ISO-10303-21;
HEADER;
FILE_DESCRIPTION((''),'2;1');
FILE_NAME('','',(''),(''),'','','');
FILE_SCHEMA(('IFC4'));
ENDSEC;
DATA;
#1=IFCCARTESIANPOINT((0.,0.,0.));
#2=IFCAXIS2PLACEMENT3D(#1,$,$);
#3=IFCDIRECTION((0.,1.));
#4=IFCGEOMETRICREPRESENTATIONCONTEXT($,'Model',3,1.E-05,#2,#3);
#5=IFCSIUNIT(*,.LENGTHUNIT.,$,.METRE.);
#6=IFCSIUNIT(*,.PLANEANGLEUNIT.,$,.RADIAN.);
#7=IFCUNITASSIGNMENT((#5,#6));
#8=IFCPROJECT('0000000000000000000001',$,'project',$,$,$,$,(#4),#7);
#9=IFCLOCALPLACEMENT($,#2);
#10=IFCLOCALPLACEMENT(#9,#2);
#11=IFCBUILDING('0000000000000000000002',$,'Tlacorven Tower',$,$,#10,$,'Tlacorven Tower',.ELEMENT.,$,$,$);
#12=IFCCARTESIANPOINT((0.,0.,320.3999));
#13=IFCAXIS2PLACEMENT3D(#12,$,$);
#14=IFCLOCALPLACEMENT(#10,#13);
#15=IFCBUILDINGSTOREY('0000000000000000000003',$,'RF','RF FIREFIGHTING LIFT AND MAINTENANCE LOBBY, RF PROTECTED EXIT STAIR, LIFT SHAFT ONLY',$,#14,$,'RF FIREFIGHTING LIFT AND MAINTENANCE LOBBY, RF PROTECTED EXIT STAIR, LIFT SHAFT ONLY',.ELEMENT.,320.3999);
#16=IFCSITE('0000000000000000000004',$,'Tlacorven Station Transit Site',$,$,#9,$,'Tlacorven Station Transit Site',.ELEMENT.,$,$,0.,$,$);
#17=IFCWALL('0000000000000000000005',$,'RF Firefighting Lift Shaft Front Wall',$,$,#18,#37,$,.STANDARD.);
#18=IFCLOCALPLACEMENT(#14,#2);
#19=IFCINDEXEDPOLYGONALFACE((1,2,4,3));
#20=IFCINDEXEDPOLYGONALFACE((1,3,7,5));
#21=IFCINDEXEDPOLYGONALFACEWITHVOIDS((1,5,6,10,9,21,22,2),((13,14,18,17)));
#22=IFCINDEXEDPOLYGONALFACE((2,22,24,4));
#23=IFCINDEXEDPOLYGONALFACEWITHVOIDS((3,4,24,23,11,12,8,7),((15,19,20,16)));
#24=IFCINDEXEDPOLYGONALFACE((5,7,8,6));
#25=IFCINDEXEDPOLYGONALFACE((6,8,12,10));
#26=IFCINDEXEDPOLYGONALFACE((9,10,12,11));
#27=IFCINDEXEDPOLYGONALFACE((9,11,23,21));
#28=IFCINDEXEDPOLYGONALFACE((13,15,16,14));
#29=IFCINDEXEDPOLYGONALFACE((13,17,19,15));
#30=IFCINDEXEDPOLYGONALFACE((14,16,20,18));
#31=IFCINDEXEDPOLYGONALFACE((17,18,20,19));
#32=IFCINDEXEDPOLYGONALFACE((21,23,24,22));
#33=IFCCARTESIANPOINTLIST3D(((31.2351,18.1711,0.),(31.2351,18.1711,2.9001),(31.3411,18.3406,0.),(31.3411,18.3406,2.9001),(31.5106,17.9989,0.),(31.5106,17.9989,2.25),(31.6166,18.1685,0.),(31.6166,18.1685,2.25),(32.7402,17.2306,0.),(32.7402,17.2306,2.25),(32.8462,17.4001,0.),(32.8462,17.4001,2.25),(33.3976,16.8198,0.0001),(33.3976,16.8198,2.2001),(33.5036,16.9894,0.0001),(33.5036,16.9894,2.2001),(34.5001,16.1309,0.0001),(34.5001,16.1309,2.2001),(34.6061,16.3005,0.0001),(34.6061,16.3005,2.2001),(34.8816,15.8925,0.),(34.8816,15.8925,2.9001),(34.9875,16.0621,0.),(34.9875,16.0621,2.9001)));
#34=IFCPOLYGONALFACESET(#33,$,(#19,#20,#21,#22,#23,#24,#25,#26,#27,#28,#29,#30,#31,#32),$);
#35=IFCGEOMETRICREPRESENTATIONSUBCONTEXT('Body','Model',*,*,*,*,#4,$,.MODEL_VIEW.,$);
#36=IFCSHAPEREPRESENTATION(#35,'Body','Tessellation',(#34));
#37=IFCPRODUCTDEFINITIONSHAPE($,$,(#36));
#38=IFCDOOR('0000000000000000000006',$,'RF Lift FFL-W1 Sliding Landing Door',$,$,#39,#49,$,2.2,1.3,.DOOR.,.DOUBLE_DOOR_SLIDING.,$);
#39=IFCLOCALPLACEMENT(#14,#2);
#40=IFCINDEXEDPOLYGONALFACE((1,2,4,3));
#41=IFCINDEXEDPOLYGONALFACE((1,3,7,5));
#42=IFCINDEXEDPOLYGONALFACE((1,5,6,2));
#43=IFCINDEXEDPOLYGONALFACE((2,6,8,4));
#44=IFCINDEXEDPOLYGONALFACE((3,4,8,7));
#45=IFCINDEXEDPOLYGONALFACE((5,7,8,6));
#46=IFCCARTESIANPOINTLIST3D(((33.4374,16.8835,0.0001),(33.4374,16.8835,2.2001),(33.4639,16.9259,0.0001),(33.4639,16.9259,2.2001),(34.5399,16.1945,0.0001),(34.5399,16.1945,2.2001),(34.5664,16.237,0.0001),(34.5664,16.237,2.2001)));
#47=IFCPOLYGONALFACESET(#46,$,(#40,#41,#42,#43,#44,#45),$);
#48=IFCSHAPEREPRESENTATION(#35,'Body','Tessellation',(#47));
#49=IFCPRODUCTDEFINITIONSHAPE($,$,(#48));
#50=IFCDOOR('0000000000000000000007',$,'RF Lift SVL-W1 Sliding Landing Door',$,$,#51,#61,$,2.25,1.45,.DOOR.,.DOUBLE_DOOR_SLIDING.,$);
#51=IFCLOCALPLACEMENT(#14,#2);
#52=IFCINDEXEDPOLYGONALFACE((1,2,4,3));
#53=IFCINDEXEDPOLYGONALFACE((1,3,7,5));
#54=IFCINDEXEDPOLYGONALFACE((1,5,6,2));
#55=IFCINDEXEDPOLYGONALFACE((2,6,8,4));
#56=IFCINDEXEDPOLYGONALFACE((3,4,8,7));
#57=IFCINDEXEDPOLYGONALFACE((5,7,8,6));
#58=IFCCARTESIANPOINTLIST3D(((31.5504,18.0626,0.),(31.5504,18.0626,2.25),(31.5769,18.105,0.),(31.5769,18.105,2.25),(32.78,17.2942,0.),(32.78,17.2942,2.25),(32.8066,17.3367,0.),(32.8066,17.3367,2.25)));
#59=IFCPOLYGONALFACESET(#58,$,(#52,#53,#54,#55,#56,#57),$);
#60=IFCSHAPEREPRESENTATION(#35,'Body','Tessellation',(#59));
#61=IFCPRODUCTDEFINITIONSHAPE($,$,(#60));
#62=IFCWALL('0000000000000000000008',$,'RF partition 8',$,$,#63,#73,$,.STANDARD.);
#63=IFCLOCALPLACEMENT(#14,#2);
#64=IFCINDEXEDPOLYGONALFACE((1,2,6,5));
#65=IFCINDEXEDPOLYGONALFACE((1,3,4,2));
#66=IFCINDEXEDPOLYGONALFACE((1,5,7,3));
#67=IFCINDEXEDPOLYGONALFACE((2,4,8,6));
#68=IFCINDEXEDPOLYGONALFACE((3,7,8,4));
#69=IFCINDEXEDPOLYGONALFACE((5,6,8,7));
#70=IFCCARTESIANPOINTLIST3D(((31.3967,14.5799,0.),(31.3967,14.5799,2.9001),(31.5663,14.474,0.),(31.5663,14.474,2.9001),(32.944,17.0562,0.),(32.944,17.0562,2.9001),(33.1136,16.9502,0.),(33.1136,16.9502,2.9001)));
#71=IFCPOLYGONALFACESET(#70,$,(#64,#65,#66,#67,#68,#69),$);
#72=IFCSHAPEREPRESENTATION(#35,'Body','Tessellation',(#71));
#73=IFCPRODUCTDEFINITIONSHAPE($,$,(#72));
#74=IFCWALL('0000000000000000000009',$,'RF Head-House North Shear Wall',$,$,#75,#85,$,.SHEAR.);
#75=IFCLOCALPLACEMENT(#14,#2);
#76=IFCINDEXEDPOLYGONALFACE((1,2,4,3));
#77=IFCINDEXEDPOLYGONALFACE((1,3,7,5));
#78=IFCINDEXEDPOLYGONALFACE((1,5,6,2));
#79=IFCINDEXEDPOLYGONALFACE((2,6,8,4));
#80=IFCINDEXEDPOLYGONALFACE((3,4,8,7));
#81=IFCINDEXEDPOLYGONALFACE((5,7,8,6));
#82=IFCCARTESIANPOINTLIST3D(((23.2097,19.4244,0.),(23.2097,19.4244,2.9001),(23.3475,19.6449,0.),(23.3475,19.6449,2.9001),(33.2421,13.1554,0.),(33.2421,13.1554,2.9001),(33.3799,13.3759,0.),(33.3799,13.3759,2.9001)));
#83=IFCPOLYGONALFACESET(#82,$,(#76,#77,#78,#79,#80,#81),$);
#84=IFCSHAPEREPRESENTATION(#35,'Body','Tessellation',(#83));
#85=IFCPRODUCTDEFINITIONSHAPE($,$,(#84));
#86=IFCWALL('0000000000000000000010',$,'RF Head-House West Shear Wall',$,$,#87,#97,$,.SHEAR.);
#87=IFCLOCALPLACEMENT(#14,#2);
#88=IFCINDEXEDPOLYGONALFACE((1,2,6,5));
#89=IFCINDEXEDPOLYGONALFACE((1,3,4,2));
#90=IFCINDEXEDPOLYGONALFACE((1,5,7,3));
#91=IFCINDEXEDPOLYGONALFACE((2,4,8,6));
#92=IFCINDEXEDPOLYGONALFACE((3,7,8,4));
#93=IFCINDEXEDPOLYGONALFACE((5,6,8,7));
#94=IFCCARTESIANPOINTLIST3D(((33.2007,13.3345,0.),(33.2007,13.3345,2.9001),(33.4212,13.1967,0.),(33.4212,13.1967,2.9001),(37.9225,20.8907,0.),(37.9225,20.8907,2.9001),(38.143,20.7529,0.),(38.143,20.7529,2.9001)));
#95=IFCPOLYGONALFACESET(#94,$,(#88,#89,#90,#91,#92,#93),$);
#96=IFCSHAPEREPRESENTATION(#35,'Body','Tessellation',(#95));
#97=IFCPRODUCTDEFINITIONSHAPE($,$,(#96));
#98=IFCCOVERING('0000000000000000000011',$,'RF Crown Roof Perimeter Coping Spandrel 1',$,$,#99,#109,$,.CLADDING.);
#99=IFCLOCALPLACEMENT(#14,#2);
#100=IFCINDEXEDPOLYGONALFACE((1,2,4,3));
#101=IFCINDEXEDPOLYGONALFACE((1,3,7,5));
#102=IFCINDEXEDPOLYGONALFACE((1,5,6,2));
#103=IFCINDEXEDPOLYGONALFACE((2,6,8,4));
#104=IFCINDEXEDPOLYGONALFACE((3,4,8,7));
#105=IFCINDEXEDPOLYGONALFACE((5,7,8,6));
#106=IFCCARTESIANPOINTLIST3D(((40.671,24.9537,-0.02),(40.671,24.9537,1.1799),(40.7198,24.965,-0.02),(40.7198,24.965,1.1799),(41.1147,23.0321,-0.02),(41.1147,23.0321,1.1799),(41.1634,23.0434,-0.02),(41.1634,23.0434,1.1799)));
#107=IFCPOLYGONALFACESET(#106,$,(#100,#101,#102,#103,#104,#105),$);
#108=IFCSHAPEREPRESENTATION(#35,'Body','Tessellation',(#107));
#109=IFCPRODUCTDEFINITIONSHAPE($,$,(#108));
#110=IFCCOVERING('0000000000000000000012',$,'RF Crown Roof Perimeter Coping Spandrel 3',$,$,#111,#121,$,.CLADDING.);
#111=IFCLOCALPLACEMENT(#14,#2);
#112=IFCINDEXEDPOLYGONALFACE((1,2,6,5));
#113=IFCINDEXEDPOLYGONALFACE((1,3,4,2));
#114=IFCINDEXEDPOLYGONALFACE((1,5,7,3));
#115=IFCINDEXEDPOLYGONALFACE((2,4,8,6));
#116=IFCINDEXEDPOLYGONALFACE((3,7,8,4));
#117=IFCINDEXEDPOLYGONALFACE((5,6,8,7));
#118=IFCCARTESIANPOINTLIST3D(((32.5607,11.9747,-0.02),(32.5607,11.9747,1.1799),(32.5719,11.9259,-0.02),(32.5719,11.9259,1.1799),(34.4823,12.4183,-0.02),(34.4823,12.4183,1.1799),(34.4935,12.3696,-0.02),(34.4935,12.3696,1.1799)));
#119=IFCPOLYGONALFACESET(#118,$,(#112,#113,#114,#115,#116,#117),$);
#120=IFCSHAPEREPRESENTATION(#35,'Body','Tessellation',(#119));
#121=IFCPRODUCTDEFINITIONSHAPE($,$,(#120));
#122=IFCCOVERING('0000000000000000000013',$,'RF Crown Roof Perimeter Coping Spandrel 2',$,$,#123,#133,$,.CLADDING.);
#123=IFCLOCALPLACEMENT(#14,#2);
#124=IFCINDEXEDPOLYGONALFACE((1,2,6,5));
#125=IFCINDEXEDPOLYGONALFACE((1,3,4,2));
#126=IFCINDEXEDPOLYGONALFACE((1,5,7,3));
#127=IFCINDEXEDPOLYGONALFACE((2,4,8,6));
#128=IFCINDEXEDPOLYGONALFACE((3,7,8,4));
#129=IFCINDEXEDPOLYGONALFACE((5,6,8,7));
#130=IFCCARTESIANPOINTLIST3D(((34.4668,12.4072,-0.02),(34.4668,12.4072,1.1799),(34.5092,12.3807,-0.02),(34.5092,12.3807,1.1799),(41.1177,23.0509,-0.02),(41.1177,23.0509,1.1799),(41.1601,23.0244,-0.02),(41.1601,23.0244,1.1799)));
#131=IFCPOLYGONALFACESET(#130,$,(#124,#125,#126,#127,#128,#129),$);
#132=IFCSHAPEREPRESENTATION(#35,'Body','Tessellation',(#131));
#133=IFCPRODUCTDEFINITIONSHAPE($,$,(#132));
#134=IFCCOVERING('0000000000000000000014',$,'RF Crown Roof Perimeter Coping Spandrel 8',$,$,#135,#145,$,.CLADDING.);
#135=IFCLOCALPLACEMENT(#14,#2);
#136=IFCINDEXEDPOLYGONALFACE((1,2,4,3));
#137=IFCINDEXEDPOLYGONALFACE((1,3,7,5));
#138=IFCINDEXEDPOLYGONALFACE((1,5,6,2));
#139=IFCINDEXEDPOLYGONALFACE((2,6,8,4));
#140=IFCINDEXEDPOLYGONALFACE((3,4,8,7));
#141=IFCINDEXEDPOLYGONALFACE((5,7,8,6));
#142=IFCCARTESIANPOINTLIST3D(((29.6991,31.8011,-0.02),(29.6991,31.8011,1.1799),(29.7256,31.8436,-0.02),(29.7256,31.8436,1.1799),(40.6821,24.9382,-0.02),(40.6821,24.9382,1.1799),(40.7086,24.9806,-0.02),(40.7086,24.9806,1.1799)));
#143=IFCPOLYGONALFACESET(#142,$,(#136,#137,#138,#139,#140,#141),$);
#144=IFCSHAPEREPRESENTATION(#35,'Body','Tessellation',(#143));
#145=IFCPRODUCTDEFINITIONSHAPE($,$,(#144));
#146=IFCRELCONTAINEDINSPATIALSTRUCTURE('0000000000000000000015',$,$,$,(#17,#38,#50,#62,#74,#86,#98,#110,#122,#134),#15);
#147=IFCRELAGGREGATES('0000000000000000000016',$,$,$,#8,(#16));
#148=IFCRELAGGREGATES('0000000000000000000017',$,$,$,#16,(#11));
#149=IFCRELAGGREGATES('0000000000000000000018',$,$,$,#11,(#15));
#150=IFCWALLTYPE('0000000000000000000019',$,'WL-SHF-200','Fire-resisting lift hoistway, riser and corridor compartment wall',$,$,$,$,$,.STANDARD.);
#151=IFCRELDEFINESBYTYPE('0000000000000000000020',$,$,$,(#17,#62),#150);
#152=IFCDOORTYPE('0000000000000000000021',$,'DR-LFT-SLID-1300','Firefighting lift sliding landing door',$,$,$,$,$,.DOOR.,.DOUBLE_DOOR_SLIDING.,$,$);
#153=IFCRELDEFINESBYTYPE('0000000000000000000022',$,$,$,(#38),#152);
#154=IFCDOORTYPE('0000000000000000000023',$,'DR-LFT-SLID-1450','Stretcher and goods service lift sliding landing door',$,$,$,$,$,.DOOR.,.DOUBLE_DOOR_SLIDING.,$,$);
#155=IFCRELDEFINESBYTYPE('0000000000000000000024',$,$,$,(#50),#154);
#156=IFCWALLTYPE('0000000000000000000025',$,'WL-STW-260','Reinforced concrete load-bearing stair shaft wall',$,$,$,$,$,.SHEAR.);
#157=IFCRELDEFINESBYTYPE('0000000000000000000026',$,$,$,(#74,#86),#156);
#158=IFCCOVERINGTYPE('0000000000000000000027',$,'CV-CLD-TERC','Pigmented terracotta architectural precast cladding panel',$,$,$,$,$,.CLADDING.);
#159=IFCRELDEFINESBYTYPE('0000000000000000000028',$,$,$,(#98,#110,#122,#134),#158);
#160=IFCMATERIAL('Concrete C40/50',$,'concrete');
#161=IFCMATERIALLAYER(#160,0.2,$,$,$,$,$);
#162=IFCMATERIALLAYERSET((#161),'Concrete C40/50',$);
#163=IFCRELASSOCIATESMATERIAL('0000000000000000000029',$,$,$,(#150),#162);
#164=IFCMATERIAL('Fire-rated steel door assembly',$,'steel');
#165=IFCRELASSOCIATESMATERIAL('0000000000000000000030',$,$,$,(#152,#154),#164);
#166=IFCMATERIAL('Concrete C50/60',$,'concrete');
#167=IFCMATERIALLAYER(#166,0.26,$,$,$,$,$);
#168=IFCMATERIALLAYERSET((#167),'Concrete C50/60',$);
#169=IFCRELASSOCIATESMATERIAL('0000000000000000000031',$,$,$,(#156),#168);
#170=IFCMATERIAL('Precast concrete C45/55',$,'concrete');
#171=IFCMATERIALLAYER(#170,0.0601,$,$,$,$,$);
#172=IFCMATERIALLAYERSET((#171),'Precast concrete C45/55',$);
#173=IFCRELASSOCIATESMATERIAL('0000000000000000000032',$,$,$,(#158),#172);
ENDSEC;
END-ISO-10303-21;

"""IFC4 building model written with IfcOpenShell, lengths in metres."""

from ifc_helpers import new_model, si_unit, direction, frame, frame_2d, origin, origin_2d, place, context, subcontext, project, spatial, rectangle, extrude, source, transform, mapped, material, layer, layer_set, type_object, element, fill, save


model = new_model("IFC4")

# Units and contexts
model_context = context("Model", 3, precision=1e-05, world=origin(), true_north=direction((0.0, 1.0)))
body_context = subcontext(model_context, "Body", "Model", "MODEL_VIEW")
ifc_project = project(units=[si_unit("LENGTHUNIT", "METRE"), si_unit("PLANEANGLEUNIT", "RADIAN")], contexts=[model_context])

# Site, building, storey
site_placement = place(None, origin())
site = spatial("IfcSite", under=ifc_project, at=site_placement, Name="Tlacorven Station Transit Site", LongName="Tlacorven Station Transit Site", CompositionType="ELEMENT", RefElevation=0.0)
building_placement = place(site_placement, origin())
building = spatial("IfcBuilding", under=site, at=building_placement, Name="Tlacorven Tower", LongName="Tlacorven Tower", CompositionType="ELEMENT")
storey_placement = place(building_placement, frame((0.0, 0.0, 320.3999)))
storey = spatial("IfcBuildingStorey", under=building, at=storey_placement, Name="RF", Description="RF FIREFIGHTING LIFT AND MAINTENANCE LOBBY, RF PROTECTED EXIT STAIR, LIFT SHAFT ONLY", LongName="RF FIREFIGHTING LIFT AND MAINTENANCE LOBBY, RF PROTECTED EXIT STAIR, LIFT SHAFT ONLY", CompositionType="ELEMENT", Elevation=320.3999)

# Shared definitions
ifc_material_1 = material(Name="Precast concrete C45/55", Category="concrete")

# Wall, openings, doors
ifc_material_2 = material(Name="Concrete C40/50", Category="concrete")
ifc_layer_1 = layer(ifc_material_2, 0.2)
ifc_layer_set_1 = layer_set([ifc_layer_1], Name="Concrete C40/50")
wall_type_1 = type_object("IfcWallType", Name="WL-SHF-200", Description="Fire-resisting lift hoistway, riser and corridor compartment wall", PredefinedType="STANDARD", material=ifc_layer_set_1)
wall_1_placement = place(storey_placement, frame((34.9346, 15.9773, 0.0), z_axis=(0.0, 0.0, 1.0), x_axis=(-0.848049, 0.529917, 0.0)))
wall_1 = element("IfcWall", 1, at=wall_1_placement, inside=storey, type_object=wall_type_1, Name="RF Firefighting Lift Shaft Front Wall", PredefinedType="STANDARD", context=body_context, shape_type="SweptSolid", body=[
    extrude(rectangle(XDim=4.2998, YDim=0.2, at=frame_2d((2.1499, 0.0))), origin(), (0.0, 0.0, 1.0), 2.9001),
])
opening_1_placement = place(wall_1_placement, frame((0.45, 0.0, 0.0)))
opening_1 = element("IfcOpeningElement", 2, at=opening_1_placement, cuts=wall_1, PredefinedType="OPENING", context=body_context, shape_type="SweptSolid", body=[
    extrude(rectangle(XDim=1.3, YDim=2.2, at=frame_2d((0.6499, 1.1001))), frame((0.0, 0.1099, 0.0), z_axis=(0.0, -1.0, 0.0), x_axis=(1.0, 0.0, 0.0)), (0.0, 0.0, 1.0), 0.22),
])
opening_2_placement = place(wall_1_placement, frame((2.5249, 0.0, 0.0)))
opening_2 = element("IfcOpeningElement", 3, at=opening_2_placement, cuts=wall_1, PredefinedType="OPENING", context=body_context, shape_type="SweptSolid", body=[
    extrude(rectangle(XDim=1.45, YDim=2.25, at=frame_2d((0.7251, 1.125))), frame((0.0, 0.1099, 0.0), z_axis=(0.0, -1.0, 0.0), x_axis=(1.0, 0.0, 0.0)), (0.0, 0.0, 1.0), 0.22),
])
ifc_material_3 = material(Name="Fire-rated steel door assembly", Category="steel")
door_type_1 = type_object("IfcDoorType", Name="DR-LFT-SLID-1300", Description="Firefighting lift sliding landing door", OperationType="DOUBLE_DOOR_SLIDING", PredefinedType="DOOR", material=ifc_material_3)
shared_shape_1 = source(origin(), body_context, "Body", "SweptSolid", [
    extrude(rectangle(XDim=1.3, YDim=2.2, at=frame_2d((0.6499, 1.1001))), frame((0.0, 0.0249, 0.0), z_axis=(0.0, -1.0, 0.0), x_axis=(1.0, 0.0, 0.0)), (0.0, 0.0, 1.0), 0.05),
])
door_1_placement = place(opening_1_placement, origin())
door_1 = element("IfcDoor", 4, at=door_1_placement, inside=storey, type_object=door_type_1, Name="RF Lift FFL-W1 Sliding Landing Door", OperationType="DOUBLE_DOOR_SLIDING", OverallHeight=2.2, OverallWidth=1.3, PredefinedType="DOOR", context=body_context, shape_type="MappedRepresentation", body=[
    mapped(shared_shape_1, transform((0.0, 0.0, 0.0), scale=1.0)),
])
fill(opening_1, door_1)
door_type_2 = type_object("IfcDoorType", Name="DR-LFT-SLID-1450", Description="Stretcher and goods service lift sliding landing door", OperationType="DOUBLE_DOOR_SLIDING", PredefinedType="DOOR", material=ifc_material_3)
shared_shape_2 = source(origin(), body_context, "Body", "SweptSolid", [
    extrude(rectangle(XDim=1.45, YDim=2.25, at=frame_2d((0.7251, 1.125))), frame((0.0, 0.0249, 0.0), z_axis=(0.0, -1.0, 0.0), x_axis=(1.0, 0.0, 0.0)), (0.0, 0.0, 1.0), 0.05),
])
door_2_placement = place(opening_2_placement, origin())
door_2 = element("IfcDoor", 5, at=door_2_placement, inside=storey, type_object=door_type_2, Name="RF Lift SVL-W1 Sliding Landing Door", OperationType="DOUBLE_DOOR_SLIDING", OverallHeight=2.25, OverallWidth=1.45, PredefinedType="DOOR", context=body_context, shape_type="MappedRepresentation", body=[
    mapped(shared_shape_2, transform((0.0, 0.0, 0.0), scale=1.0)),
])
fill(opening_2, door_2)

# Walls
wall_2_placement = place(storey_placement, frame((33.0288, 17.0032, 0.0), z_axis=(0.0, 0.0, 1.0), x_axis=(-0.529916, -0.84805, 0.0)))
element("IfcWall", 6, at=wall_2_placement, inside=storey, type_object=wall_type_1, Name="RF partition 8", PredefinedType="STANDARD", context=body_context, shape_type="SweptSolid", body=[
    extrude(rectangle(XDim=2.9199, YDim=0.2, at=frame_2d((1.46, 0.0))), origin(), (0.0, 0.0, 1.0), 2.9001),
])
ifc_material_4 = material(Name="Concrete C50/60", Category="concrete")
ifc_layer_2 = layer(ifc_material_4, 0.26)
ifc_layer_set_2 = layer_set([ifc_layer_2], Name="Concrete C50/60")
wall_type_2 = type_object("IfcWallType", Name="WL-STW-260", Description="Reinforced concrete load-bearing stair shaft wall", PredefinedType="SHEAR", material=ifc_layer_set_2)
wall_3_placement = place(storey_placement, frame((33.311, 13.2656, 0.0), z_axis=(0.0, 0.0, 1.0), x_axis=(-0.848046, 0.529923, 0.0)))
element("IfcWall", 7, at=wall_3_placement, inside=storey, type_object=wall_type_2, Name="RF Head-House North Shear Wall", PredefinedType="SHEAR", context=body_context, shape_type="SweptSolid", body=[
    extrude(rectangle(XDim=11.8301, YDim=0.26, at=frame_2d((5.915, 0.0))), origin(), (0.0, 0.0, 1.0), 2.9001),
])
wall_4_placement = place(storey_placement, frame((38.0327, 20.8218, 0.0), z_axis=(0.0, 0.0, 1.0), x_axis=(-0.529925, -0.848044, 0.0)))
element("IfcWall", 8, at=wall_4_placement, inside=storey, type_object=wall_type_2, Name="RF Head-House West Shear Wall", PredefinedType="SHEAR", context=body_context, shape_type="SweptSolid", body=[
    extrude(rectangle(XDim=8.9102, YDim=0.26, at=frame_2d((4.4551, 0.0))), origin(), (0.0, 0.0, 1.0), 2.9001),
])

# Coverings
ifc_layer_3 = layer(ifc_material_1, 0.0601)
ifc_layer_set_3 = layer_set([ifc_layer_3], Name="Precast concrete C45/55")
covering_type = type_object("IfcCoveringType", Name="CV-CLD-TERC", Description="Pigmented terracotta architectural precast cladding panel", PredefinedType="CLADDING", material=ifc_layer_set_3)
shared_shape_3 = source(origin(), body_context, "Body", "SweptSolid", [
    extrude(rectangle(XDim=1.9722, YDim=0.05, at=origin_2d()), origin(), (0.0, 0.0, 1.0), 1.2),
])
for number, where, z_axis, x_axis, name in (
    (9, (40.9172, 23.9985, -0.02), (0.0, 0.0, 1.0), (0.224951, -0.97437, 0.0), "RF Crown Roof Perimeter Coping Spandrel 1"),
    (10, (33.5271, 12.1721, -0.02), (0.0, 0.0, 1.0), (-0.97437, -0.224951, 0.0), "RF Crown Roof Perimeter Coping Spandrel 3"),
):
    element("IfcCovering", number, at=place(storey_placement, frame(where, z_axis=z_axis, x_axis=x_axis)), inside=storey, type_object=covering_type, Name=name, PredefinedType="CLADDING", context=body_context, shape_type="MappedRepresentation", body=[
        mapped(shared_shape_3, transform((0.0, 0.0, 0.0), scale=1.0)),
    ])
shared_shape_4 = source(origin(), body_context, "Body", "SweptSolid", [
    extrude(rectangle(XDim=12.5508, YDim=0.05, at=origin_2d()), origin(), (0.0, 0.0, 1.0), 1.2),
])
covering_1_placement = place(storey_placement, frame((37.8135, 17.7158, -0.02), z_axis=(0.0, 0.0, 1.0), x_axis=(-0.529919, -0.848048, 0.0)))
element("IfcCovering", 11, at=covering_1_placement, inside=storey, type_object=covering_type, Name="RF Crown Roof Perimeter Coping Spandrel 2", PredefinedType="CLADDING", context=body_context, shape_type="MappedRepresentation", body=[
    mapped(shared_shape_4, transform((0.0, 0.0, 0.0), scale=1.0)),
])
shared_shape_5 = source(origin(), body_context, "Body", "SweptSolid", [
    extrude(rectangle(XDim=12.9509, YDim=0.05, at=origin_2d()), origin(), (0.0, 0.0, 1.0), 1.2),
])
covering_2_placement = place(storey_placement, frame((35.2039, 28.3909, -0.02), z_axis=(0.0, 0.0, 1.0), x_axis=(0.848048, -0.529919, 0.0)))
element("IfcCovering", 12, at=covering_2_placement, inside=storey, type_object=covering_type, Name="RF Crown Roof Perimeter Coping Spandrel 8", PredefinedType="CLADDING", context=body_context, shape_type="MappedRepresentation", body=[
    mapped(shared_shape_5, transform((0.0, 0.0, 0.0), scale=1.0)),
])

save(model, "model.ifc")
